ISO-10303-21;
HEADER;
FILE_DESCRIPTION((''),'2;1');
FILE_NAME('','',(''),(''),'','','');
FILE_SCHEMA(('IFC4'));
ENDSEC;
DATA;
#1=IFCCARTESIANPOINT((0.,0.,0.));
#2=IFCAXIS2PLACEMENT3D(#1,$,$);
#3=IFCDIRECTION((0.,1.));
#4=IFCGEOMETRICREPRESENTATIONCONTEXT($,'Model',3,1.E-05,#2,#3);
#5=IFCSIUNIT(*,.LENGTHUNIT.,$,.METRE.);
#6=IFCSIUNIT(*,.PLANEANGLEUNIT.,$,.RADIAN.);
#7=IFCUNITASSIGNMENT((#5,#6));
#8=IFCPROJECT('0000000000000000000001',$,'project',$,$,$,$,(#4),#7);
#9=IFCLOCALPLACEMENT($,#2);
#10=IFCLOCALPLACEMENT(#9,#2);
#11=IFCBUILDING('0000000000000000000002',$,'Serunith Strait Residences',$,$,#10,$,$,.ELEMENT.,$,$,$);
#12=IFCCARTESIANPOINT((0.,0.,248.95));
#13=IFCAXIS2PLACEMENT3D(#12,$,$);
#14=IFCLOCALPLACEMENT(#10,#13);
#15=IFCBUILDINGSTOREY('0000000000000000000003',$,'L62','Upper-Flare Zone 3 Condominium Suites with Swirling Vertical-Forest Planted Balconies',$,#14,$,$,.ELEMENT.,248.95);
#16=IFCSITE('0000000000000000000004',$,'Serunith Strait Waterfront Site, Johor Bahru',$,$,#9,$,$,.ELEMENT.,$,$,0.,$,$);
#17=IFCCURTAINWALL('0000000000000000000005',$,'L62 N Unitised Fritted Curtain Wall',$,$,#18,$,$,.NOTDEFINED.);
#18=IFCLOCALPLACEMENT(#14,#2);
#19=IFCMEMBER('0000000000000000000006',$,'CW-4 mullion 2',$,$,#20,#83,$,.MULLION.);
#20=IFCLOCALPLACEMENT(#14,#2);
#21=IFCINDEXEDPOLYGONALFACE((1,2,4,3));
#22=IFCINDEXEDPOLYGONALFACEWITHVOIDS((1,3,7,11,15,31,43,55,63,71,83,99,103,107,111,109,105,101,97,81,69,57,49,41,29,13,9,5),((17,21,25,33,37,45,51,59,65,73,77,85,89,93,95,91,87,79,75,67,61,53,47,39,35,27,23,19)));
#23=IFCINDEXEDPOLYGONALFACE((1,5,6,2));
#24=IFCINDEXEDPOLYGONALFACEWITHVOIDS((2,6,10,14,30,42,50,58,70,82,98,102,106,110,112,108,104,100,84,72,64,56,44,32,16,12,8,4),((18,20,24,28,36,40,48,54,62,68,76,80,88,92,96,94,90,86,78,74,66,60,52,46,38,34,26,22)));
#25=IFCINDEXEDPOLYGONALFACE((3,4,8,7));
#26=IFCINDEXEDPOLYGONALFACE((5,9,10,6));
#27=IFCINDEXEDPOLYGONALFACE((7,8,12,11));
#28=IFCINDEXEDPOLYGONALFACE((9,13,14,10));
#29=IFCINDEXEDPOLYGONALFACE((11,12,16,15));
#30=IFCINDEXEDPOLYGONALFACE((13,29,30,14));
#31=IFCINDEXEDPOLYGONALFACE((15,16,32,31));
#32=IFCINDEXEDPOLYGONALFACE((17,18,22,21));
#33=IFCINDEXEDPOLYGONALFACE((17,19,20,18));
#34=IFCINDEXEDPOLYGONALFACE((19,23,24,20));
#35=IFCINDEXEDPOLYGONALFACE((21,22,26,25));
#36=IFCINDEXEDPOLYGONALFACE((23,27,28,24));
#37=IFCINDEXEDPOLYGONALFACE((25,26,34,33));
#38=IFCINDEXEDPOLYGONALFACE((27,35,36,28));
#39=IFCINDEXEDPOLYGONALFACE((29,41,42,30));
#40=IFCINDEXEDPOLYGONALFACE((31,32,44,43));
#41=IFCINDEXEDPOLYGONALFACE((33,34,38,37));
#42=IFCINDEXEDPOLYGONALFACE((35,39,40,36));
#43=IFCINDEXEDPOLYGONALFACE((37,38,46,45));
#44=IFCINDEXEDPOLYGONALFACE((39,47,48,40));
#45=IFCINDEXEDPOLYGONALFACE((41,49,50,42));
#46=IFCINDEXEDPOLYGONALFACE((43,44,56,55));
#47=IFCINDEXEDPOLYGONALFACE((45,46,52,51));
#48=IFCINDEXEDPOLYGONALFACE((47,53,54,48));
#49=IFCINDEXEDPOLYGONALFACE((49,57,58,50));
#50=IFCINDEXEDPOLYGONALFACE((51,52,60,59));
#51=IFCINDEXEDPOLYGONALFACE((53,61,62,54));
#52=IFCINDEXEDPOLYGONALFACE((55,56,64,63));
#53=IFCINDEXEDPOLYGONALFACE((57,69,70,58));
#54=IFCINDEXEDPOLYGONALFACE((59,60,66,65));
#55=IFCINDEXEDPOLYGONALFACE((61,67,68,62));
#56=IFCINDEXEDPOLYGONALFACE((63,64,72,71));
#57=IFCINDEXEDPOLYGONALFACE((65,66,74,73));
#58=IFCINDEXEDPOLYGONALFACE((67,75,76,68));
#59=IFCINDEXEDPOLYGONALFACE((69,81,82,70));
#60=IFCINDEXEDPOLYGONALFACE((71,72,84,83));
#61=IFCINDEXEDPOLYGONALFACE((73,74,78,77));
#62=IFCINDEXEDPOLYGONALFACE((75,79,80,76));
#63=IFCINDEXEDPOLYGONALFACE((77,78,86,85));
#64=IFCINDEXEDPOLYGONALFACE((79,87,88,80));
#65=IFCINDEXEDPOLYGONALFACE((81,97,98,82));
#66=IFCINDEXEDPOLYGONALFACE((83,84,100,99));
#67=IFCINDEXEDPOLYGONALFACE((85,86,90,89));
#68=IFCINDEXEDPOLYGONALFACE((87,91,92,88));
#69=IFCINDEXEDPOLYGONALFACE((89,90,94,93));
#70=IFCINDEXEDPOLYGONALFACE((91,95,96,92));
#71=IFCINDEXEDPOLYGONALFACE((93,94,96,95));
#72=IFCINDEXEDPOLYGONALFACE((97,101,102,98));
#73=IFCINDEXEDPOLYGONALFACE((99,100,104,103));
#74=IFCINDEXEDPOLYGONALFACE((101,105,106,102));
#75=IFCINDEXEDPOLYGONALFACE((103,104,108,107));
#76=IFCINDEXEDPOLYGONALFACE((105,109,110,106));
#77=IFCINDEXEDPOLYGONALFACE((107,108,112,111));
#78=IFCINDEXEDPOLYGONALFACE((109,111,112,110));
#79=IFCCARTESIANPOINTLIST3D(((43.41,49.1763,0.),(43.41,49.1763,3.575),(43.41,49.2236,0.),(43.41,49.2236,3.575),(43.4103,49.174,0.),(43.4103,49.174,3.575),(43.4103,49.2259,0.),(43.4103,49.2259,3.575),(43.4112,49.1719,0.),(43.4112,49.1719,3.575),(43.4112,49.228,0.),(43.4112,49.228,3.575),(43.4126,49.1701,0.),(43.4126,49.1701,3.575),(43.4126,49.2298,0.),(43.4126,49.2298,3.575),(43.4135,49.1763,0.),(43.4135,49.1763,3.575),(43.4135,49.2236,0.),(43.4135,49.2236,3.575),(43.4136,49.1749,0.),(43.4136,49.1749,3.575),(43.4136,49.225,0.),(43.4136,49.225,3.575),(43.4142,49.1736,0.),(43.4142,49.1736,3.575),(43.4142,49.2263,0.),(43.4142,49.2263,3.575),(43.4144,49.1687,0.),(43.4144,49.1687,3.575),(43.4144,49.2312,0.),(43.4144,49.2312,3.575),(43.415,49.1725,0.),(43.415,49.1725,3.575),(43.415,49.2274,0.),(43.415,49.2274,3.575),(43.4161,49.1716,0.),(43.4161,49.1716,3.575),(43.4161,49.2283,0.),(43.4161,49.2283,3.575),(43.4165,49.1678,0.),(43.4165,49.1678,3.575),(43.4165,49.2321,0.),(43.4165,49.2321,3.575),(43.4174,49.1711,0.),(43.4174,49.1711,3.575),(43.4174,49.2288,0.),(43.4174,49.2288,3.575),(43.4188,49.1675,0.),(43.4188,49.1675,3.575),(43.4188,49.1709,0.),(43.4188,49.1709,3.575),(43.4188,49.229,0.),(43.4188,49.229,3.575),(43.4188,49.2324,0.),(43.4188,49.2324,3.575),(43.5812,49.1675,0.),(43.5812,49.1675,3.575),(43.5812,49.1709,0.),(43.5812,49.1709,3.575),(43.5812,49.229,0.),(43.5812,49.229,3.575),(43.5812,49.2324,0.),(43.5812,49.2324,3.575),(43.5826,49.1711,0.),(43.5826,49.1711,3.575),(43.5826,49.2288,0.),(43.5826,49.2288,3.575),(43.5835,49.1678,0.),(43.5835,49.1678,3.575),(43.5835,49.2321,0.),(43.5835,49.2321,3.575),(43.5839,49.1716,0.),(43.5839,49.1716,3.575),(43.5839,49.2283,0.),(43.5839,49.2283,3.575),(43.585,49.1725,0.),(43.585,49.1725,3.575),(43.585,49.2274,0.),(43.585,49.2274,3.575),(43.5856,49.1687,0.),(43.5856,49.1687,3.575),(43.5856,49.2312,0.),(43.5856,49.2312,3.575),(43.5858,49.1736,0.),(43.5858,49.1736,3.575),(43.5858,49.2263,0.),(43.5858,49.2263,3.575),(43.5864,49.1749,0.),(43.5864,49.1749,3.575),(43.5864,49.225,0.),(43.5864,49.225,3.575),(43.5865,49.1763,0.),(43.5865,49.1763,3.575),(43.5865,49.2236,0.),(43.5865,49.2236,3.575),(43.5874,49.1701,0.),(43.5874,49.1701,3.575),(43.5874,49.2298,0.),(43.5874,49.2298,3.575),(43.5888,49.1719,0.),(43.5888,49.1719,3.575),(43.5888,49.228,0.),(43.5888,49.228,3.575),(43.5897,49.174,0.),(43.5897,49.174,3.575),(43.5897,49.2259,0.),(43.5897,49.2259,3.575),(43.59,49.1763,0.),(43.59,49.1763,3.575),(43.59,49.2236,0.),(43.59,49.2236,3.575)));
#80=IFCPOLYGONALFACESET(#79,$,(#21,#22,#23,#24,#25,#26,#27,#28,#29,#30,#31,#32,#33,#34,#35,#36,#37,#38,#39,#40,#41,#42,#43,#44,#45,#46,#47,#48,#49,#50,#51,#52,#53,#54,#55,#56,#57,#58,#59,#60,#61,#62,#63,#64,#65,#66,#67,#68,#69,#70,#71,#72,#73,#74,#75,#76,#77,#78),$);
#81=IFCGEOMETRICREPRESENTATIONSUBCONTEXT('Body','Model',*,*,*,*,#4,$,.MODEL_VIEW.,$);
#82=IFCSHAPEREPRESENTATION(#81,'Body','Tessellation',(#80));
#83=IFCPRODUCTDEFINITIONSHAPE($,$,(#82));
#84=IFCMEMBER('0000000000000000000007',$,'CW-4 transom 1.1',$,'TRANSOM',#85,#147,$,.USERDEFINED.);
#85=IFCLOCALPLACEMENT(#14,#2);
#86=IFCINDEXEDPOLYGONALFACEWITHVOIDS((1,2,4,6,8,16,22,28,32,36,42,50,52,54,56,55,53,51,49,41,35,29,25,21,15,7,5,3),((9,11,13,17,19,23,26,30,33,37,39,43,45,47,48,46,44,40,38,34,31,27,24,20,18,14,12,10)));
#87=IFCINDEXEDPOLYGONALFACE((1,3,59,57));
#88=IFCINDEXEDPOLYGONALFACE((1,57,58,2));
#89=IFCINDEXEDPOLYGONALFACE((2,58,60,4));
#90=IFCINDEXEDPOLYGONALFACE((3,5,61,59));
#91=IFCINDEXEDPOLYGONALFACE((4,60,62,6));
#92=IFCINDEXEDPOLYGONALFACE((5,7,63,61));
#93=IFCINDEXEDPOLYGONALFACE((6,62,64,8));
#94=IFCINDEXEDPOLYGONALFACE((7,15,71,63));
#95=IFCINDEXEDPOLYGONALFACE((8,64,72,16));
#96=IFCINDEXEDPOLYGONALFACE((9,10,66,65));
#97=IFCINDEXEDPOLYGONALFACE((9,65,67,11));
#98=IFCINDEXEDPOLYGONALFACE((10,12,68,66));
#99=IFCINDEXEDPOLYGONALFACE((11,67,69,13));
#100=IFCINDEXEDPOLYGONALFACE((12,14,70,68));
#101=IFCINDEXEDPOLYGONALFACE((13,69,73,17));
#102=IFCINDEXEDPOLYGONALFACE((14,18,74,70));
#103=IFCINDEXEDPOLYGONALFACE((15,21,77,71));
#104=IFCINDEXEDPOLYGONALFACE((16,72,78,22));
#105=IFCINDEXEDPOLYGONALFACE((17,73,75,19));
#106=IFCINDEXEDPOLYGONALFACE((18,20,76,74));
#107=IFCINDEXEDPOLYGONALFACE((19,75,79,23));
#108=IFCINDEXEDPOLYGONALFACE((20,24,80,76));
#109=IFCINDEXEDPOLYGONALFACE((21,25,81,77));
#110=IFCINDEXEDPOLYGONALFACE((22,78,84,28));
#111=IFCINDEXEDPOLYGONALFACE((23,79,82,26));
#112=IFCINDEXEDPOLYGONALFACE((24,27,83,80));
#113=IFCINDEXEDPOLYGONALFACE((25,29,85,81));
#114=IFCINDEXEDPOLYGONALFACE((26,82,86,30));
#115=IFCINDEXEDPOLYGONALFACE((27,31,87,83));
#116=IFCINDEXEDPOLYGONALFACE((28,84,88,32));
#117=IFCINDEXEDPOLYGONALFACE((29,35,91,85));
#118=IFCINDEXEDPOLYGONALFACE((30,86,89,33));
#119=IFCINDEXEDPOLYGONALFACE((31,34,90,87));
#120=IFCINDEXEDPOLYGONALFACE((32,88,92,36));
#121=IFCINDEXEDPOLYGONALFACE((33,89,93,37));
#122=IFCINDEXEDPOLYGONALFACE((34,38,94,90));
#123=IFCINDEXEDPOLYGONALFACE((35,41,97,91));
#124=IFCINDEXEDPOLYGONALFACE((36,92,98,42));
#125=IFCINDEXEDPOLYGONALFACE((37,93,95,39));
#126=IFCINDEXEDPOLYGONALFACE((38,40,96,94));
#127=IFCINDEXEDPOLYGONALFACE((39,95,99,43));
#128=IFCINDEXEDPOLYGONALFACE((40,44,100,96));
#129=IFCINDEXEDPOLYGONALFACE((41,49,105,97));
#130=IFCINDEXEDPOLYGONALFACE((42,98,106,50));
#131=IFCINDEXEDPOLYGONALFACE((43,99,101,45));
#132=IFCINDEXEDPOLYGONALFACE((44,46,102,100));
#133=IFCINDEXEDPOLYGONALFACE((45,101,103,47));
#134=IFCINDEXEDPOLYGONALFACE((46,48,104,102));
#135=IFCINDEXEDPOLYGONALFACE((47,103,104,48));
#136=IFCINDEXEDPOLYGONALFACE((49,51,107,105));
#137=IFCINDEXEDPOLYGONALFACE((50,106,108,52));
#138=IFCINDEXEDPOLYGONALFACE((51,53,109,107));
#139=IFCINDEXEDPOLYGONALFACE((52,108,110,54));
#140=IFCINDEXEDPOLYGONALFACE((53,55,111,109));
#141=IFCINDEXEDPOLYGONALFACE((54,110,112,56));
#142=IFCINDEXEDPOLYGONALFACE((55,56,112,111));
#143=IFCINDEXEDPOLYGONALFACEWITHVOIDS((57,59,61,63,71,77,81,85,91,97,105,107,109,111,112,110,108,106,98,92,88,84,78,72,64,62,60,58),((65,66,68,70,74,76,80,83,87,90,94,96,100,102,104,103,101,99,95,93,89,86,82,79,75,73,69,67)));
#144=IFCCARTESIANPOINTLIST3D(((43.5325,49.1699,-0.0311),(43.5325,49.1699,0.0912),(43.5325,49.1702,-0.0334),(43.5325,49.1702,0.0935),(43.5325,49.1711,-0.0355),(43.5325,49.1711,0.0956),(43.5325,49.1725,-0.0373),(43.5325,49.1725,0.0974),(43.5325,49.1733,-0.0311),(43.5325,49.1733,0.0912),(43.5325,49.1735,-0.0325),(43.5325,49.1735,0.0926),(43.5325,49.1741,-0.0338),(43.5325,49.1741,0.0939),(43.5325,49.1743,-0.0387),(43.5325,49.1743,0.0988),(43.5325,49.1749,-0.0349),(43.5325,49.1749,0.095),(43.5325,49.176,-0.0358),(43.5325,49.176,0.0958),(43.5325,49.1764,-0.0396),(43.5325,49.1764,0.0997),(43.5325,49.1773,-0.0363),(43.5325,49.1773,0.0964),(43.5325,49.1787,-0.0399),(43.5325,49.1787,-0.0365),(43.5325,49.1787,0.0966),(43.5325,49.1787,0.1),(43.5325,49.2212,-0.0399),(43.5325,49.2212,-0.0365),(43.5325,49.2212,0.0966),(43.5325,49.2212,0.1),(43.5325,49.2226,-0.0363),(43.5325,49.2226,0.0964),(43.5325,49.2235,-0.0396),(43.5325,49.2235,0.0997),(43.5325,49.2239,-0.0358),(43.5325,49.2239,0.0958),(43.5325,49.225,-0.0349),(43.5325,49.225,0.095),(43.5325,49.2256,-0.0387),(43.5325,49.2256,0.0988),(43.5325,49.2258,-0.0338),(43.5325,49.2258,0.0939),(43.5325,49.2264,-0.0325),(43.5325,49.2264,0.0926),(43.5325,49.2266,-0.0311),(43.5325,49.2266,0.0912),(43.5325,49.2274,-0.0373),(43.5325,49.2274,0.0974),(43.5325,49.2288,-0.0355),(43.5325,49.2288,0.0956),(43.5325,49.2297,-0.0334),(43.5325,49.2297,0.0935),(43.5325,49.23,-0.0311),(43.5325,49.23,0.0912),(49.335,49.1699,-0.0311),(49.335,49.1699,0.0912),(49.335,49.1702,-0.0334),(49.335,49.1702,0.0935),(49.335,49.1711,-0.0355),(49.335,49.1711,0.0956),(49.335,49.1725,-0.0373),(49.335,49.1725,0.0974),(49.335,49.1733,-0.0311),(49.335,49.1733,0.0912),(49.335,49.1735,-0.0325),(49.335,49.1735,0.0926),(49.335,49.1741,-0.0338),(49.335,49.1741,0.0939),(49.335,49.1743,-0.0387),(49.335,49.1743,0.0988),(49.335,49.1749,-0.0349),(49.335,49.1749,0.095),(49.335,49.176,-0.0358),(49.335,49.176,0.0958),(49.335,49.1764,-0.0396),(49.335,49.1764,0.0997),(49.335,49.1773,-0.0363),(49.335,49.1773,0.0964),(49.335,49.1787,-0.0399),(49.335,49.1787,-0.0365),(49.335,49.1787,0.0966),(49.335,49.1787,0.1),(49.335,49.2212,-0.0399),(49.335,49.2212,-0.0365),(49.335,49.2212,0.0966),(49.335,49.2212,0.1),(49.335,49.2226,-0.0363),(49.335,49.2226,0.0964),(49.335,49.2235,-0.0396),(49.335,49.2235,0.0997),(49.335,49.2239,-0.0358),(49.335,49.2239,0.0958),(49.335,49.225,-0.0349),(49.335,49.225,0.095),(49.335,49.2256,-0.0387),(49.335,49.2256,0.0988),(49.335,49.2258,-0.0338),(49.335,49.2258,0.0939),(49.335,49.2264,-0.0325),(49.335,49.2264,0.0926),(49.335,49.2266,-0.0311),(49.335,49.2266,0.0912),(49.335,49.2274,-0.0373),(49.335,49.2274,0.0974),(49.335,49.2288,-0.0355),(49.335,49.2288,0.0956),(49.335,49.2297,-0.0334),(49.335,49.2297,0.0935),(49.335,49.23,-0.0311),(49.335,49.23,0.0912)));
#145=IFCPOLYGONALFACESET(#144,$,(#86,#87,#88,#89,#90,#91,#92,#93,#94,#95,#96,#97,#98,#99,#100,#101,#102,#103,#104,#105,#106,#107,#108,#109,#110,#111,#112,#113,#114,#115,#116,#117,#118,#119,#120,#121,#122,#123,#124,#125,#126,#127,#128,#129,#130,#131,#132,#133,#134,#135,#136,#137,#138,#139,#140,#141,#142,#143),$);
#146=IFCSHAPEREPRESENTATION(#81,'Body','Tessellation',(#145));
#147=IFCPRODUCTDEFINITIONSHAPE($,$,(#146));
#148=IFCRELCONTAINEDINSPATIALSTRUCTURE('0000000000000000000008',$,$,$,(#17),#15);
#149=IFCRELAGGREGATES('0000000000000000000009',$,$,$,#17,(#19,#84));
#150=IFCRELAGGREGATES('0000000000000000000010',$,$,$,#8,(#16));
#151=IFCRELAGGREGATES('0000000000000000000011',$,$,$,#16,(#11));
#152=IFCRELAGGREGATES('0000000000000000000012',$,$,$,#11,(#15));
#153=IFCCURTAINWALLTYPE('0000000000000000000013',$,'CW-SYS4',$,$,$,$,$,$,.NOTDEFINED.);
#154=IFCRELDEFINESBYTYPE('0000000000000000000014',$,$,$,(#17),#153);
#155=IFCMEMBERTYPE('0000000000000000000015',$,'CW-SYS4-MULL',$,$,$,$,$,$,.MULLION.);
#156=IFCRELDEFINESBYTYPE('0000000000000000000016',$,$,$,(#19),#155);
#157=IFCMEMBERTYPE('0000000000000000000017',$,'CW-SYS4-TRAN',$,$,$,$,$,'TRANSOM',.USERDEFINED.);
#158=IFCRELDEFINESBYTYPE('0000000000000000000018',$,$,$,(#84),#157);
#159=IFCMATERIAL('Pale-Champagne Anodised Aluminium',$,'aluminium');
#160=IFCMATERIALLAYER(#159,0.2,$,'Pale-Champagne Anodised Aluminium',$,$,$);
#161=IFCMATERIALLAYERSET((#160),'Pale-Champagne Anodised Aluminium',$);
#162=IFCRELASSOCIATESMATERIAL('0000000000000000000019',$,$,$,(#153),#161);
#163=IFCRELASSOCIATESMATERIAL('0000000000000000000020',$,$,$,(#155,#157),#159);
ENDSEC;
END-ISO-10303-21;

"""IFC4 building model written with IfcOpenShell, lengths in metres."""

from ifc_helpers import new_model, si_unit, direction, frame, origin, origin_2d, place, context, subcontext, project, spatial, hollow_rectangle, extrude, source, transform, mapped, material, layer, layer_set, material_profile, profile_set, type_object, element, aggregate, save


model = new_model("IFC4")

# Units and contexts
model_context = context("Model", 3, precision=1e-05, world=origin(), true_north=direction((0.0, 1.0)))
body_context = subcontext(model_context, "Body", "Model", "MODEL_VIEW")
ifc_project = project(units=[si_unit("LENGTHUNIT", "METRE"), si_unit("PLANEANGLEUNIT", "RADIAN")], contexts=[model_context])

# Site, building, storey
site_placement = place(None, origin())
site = spatial("IfcSite", under=ifc_project, at=site_placement, Name="Serunith Strait Waterfront Site, Johor Bahru", CompositionType="ELEMENT", RefElevation=0.0)
building_placement = place(site_placement, origin())
building = spatial("IfcBuilding", under=site, at=building_placement, Name="Serunith Strait Residences", CompositionType="ELEMENT")
storey_placement = place(building_placement, frame((0.0, 0.0, 248.95)))
storey = spatial("IfcBuildingStorey", under=building, at=storey_placement, Name="L62", Description="Upper-Flare Zone 3 Condominium Suites with Swirling Vertical-Forest Planted Balconies", CompositionType="ELEMENT", Elevation=248.95)

# Shared definitions
ifc_material_1 = material(Name="Pale-Champagne Anodised Aluminium", Category="aluminium")
ifc_layer_1 = layer(ifc_material_1, 0.2, Name="Pale-Champagne Anodised Aluminium")
ifc_layer_set_1 = layer_set([ifc_layer_1], Name="Pale-Champagne Anodised Aluminium")
curtain_wall_type = type_object("IfcCurtainWallType", Name="CW-SYS4", PredefinedType="NOTDEFINED", material=ifc_layer_set_1)
ifc_material_profile_1 = material_profile(ifc_material_1, hollow_rectangle(XDim=0.0649, YDim=0.1799, WallThickness=0.0034, InnerFilletRadius=0.0054, OuterFilletRadius=0.0088, at=origin_2d()), Name="ALU 180x65x3.5")
ifc_profile_set_1 = profile_set([ifc_material_profile_1], Name="Pale-Champagne Anodised Aluminium")
member_type_1 = type_object("IfcMemberType", Name="CW-SYS4-MULL", PredefinedType="MULLION", material=ifc_profile_set_1)
shared_shape_1 = source(origin(), body_context, "Body", "SweptSolid", [
    extrude(hollow_rectangle(XDim=0.0649, YDim=0.1799, WallThickness=0.0034, InnerFilletRadius=0.0054, OuterFilletRadius=0.0088, at=origin_2d()), origin(), (0.0, 0.0, 1.0), 3.575),
])

# Curtain wall, members
curtain_wall_1_placement = place(storey_placement, origin())
curtain_wall_1 = element("IfcCurtainWall", 1, at=curtain_wall_1_placement, inside=storey, type_object=curtain_wall_type, Name="L62 N Unitised Fritted Curtain Wall", PredefinedType="NOTDEFINED")
member_1_placement = place(storey_placement, frame((43.5, 49.2, 0.0), z_axis=(0.0, 0.0, 1.0), x_axis=(0.0, -1.0, 0.0)))
member_1 = element("IfcMember", 2, at=member_1_placement, type_object=member_type_1, Name="CW-4 mullion 2", PredefinedType="MULLION", context=body_context, shape_type="MappedRepresentation", body=[
    mapped(shared_shape_1, transform((0.0, 0.0, 0.0), scale=1.0)),
])
ifc_material_profile_2 = material_profile(ifc_material_1, hollow_rectangle(XDim=0.0601, YDim=0.1399, WallThickness=0.0034, InnerFilletRadius=0.0054, OuterFilletRadius=0.0088, at=origin_2d()), Name="ALU 140x60x3.5")
ifc_profile_set_2 = profile_set([ifc_material_profile_2], Name="Pale-Champagne Anodised Aluminium")
member_type_2 = type_object("IfcMemberType", Name="CW-SYS4-TRAN", ElementType="TRANSOM", PredefinedType="USERDEFINED", material=ifc_profile_set_2)
shared_shape_2 = source(origin(), body_context, "Body", "SweptSolid", [
    extrude(hollow_rectangle(XDim=0.0601, YDim=0.1399, WallThickness=0.0034, InnerFilletRadius=0.0054, OuterFilletRadius=0.0088, at=origin_2d()), origin(), (0.0, 0.0, 1.0), 5.8025),
])
member_2_placement = place(storey_placement, frame((49.335, 49.2, 0.03), z_axis=(-1.0, 0.0, 0.0), x_axis=(0.0, -1.0, 0.0)))
member_2 = element("IfcMember", 3, at=member_2_placement, type_object=member_type_2, Name="CW-4 transom 1.1", ObjectType="TRANSOM", PredefinedType="USERDEFINED", context=body_context, shape_type="MappedRepresentation", body=[
    mapped(shared_shape_2, transform((0.0, 0.0, 0.0), scale=1.0)),
])
aggregate(curtain_wall_1, [member_1, member_2])

save(model, "model.ifc")
